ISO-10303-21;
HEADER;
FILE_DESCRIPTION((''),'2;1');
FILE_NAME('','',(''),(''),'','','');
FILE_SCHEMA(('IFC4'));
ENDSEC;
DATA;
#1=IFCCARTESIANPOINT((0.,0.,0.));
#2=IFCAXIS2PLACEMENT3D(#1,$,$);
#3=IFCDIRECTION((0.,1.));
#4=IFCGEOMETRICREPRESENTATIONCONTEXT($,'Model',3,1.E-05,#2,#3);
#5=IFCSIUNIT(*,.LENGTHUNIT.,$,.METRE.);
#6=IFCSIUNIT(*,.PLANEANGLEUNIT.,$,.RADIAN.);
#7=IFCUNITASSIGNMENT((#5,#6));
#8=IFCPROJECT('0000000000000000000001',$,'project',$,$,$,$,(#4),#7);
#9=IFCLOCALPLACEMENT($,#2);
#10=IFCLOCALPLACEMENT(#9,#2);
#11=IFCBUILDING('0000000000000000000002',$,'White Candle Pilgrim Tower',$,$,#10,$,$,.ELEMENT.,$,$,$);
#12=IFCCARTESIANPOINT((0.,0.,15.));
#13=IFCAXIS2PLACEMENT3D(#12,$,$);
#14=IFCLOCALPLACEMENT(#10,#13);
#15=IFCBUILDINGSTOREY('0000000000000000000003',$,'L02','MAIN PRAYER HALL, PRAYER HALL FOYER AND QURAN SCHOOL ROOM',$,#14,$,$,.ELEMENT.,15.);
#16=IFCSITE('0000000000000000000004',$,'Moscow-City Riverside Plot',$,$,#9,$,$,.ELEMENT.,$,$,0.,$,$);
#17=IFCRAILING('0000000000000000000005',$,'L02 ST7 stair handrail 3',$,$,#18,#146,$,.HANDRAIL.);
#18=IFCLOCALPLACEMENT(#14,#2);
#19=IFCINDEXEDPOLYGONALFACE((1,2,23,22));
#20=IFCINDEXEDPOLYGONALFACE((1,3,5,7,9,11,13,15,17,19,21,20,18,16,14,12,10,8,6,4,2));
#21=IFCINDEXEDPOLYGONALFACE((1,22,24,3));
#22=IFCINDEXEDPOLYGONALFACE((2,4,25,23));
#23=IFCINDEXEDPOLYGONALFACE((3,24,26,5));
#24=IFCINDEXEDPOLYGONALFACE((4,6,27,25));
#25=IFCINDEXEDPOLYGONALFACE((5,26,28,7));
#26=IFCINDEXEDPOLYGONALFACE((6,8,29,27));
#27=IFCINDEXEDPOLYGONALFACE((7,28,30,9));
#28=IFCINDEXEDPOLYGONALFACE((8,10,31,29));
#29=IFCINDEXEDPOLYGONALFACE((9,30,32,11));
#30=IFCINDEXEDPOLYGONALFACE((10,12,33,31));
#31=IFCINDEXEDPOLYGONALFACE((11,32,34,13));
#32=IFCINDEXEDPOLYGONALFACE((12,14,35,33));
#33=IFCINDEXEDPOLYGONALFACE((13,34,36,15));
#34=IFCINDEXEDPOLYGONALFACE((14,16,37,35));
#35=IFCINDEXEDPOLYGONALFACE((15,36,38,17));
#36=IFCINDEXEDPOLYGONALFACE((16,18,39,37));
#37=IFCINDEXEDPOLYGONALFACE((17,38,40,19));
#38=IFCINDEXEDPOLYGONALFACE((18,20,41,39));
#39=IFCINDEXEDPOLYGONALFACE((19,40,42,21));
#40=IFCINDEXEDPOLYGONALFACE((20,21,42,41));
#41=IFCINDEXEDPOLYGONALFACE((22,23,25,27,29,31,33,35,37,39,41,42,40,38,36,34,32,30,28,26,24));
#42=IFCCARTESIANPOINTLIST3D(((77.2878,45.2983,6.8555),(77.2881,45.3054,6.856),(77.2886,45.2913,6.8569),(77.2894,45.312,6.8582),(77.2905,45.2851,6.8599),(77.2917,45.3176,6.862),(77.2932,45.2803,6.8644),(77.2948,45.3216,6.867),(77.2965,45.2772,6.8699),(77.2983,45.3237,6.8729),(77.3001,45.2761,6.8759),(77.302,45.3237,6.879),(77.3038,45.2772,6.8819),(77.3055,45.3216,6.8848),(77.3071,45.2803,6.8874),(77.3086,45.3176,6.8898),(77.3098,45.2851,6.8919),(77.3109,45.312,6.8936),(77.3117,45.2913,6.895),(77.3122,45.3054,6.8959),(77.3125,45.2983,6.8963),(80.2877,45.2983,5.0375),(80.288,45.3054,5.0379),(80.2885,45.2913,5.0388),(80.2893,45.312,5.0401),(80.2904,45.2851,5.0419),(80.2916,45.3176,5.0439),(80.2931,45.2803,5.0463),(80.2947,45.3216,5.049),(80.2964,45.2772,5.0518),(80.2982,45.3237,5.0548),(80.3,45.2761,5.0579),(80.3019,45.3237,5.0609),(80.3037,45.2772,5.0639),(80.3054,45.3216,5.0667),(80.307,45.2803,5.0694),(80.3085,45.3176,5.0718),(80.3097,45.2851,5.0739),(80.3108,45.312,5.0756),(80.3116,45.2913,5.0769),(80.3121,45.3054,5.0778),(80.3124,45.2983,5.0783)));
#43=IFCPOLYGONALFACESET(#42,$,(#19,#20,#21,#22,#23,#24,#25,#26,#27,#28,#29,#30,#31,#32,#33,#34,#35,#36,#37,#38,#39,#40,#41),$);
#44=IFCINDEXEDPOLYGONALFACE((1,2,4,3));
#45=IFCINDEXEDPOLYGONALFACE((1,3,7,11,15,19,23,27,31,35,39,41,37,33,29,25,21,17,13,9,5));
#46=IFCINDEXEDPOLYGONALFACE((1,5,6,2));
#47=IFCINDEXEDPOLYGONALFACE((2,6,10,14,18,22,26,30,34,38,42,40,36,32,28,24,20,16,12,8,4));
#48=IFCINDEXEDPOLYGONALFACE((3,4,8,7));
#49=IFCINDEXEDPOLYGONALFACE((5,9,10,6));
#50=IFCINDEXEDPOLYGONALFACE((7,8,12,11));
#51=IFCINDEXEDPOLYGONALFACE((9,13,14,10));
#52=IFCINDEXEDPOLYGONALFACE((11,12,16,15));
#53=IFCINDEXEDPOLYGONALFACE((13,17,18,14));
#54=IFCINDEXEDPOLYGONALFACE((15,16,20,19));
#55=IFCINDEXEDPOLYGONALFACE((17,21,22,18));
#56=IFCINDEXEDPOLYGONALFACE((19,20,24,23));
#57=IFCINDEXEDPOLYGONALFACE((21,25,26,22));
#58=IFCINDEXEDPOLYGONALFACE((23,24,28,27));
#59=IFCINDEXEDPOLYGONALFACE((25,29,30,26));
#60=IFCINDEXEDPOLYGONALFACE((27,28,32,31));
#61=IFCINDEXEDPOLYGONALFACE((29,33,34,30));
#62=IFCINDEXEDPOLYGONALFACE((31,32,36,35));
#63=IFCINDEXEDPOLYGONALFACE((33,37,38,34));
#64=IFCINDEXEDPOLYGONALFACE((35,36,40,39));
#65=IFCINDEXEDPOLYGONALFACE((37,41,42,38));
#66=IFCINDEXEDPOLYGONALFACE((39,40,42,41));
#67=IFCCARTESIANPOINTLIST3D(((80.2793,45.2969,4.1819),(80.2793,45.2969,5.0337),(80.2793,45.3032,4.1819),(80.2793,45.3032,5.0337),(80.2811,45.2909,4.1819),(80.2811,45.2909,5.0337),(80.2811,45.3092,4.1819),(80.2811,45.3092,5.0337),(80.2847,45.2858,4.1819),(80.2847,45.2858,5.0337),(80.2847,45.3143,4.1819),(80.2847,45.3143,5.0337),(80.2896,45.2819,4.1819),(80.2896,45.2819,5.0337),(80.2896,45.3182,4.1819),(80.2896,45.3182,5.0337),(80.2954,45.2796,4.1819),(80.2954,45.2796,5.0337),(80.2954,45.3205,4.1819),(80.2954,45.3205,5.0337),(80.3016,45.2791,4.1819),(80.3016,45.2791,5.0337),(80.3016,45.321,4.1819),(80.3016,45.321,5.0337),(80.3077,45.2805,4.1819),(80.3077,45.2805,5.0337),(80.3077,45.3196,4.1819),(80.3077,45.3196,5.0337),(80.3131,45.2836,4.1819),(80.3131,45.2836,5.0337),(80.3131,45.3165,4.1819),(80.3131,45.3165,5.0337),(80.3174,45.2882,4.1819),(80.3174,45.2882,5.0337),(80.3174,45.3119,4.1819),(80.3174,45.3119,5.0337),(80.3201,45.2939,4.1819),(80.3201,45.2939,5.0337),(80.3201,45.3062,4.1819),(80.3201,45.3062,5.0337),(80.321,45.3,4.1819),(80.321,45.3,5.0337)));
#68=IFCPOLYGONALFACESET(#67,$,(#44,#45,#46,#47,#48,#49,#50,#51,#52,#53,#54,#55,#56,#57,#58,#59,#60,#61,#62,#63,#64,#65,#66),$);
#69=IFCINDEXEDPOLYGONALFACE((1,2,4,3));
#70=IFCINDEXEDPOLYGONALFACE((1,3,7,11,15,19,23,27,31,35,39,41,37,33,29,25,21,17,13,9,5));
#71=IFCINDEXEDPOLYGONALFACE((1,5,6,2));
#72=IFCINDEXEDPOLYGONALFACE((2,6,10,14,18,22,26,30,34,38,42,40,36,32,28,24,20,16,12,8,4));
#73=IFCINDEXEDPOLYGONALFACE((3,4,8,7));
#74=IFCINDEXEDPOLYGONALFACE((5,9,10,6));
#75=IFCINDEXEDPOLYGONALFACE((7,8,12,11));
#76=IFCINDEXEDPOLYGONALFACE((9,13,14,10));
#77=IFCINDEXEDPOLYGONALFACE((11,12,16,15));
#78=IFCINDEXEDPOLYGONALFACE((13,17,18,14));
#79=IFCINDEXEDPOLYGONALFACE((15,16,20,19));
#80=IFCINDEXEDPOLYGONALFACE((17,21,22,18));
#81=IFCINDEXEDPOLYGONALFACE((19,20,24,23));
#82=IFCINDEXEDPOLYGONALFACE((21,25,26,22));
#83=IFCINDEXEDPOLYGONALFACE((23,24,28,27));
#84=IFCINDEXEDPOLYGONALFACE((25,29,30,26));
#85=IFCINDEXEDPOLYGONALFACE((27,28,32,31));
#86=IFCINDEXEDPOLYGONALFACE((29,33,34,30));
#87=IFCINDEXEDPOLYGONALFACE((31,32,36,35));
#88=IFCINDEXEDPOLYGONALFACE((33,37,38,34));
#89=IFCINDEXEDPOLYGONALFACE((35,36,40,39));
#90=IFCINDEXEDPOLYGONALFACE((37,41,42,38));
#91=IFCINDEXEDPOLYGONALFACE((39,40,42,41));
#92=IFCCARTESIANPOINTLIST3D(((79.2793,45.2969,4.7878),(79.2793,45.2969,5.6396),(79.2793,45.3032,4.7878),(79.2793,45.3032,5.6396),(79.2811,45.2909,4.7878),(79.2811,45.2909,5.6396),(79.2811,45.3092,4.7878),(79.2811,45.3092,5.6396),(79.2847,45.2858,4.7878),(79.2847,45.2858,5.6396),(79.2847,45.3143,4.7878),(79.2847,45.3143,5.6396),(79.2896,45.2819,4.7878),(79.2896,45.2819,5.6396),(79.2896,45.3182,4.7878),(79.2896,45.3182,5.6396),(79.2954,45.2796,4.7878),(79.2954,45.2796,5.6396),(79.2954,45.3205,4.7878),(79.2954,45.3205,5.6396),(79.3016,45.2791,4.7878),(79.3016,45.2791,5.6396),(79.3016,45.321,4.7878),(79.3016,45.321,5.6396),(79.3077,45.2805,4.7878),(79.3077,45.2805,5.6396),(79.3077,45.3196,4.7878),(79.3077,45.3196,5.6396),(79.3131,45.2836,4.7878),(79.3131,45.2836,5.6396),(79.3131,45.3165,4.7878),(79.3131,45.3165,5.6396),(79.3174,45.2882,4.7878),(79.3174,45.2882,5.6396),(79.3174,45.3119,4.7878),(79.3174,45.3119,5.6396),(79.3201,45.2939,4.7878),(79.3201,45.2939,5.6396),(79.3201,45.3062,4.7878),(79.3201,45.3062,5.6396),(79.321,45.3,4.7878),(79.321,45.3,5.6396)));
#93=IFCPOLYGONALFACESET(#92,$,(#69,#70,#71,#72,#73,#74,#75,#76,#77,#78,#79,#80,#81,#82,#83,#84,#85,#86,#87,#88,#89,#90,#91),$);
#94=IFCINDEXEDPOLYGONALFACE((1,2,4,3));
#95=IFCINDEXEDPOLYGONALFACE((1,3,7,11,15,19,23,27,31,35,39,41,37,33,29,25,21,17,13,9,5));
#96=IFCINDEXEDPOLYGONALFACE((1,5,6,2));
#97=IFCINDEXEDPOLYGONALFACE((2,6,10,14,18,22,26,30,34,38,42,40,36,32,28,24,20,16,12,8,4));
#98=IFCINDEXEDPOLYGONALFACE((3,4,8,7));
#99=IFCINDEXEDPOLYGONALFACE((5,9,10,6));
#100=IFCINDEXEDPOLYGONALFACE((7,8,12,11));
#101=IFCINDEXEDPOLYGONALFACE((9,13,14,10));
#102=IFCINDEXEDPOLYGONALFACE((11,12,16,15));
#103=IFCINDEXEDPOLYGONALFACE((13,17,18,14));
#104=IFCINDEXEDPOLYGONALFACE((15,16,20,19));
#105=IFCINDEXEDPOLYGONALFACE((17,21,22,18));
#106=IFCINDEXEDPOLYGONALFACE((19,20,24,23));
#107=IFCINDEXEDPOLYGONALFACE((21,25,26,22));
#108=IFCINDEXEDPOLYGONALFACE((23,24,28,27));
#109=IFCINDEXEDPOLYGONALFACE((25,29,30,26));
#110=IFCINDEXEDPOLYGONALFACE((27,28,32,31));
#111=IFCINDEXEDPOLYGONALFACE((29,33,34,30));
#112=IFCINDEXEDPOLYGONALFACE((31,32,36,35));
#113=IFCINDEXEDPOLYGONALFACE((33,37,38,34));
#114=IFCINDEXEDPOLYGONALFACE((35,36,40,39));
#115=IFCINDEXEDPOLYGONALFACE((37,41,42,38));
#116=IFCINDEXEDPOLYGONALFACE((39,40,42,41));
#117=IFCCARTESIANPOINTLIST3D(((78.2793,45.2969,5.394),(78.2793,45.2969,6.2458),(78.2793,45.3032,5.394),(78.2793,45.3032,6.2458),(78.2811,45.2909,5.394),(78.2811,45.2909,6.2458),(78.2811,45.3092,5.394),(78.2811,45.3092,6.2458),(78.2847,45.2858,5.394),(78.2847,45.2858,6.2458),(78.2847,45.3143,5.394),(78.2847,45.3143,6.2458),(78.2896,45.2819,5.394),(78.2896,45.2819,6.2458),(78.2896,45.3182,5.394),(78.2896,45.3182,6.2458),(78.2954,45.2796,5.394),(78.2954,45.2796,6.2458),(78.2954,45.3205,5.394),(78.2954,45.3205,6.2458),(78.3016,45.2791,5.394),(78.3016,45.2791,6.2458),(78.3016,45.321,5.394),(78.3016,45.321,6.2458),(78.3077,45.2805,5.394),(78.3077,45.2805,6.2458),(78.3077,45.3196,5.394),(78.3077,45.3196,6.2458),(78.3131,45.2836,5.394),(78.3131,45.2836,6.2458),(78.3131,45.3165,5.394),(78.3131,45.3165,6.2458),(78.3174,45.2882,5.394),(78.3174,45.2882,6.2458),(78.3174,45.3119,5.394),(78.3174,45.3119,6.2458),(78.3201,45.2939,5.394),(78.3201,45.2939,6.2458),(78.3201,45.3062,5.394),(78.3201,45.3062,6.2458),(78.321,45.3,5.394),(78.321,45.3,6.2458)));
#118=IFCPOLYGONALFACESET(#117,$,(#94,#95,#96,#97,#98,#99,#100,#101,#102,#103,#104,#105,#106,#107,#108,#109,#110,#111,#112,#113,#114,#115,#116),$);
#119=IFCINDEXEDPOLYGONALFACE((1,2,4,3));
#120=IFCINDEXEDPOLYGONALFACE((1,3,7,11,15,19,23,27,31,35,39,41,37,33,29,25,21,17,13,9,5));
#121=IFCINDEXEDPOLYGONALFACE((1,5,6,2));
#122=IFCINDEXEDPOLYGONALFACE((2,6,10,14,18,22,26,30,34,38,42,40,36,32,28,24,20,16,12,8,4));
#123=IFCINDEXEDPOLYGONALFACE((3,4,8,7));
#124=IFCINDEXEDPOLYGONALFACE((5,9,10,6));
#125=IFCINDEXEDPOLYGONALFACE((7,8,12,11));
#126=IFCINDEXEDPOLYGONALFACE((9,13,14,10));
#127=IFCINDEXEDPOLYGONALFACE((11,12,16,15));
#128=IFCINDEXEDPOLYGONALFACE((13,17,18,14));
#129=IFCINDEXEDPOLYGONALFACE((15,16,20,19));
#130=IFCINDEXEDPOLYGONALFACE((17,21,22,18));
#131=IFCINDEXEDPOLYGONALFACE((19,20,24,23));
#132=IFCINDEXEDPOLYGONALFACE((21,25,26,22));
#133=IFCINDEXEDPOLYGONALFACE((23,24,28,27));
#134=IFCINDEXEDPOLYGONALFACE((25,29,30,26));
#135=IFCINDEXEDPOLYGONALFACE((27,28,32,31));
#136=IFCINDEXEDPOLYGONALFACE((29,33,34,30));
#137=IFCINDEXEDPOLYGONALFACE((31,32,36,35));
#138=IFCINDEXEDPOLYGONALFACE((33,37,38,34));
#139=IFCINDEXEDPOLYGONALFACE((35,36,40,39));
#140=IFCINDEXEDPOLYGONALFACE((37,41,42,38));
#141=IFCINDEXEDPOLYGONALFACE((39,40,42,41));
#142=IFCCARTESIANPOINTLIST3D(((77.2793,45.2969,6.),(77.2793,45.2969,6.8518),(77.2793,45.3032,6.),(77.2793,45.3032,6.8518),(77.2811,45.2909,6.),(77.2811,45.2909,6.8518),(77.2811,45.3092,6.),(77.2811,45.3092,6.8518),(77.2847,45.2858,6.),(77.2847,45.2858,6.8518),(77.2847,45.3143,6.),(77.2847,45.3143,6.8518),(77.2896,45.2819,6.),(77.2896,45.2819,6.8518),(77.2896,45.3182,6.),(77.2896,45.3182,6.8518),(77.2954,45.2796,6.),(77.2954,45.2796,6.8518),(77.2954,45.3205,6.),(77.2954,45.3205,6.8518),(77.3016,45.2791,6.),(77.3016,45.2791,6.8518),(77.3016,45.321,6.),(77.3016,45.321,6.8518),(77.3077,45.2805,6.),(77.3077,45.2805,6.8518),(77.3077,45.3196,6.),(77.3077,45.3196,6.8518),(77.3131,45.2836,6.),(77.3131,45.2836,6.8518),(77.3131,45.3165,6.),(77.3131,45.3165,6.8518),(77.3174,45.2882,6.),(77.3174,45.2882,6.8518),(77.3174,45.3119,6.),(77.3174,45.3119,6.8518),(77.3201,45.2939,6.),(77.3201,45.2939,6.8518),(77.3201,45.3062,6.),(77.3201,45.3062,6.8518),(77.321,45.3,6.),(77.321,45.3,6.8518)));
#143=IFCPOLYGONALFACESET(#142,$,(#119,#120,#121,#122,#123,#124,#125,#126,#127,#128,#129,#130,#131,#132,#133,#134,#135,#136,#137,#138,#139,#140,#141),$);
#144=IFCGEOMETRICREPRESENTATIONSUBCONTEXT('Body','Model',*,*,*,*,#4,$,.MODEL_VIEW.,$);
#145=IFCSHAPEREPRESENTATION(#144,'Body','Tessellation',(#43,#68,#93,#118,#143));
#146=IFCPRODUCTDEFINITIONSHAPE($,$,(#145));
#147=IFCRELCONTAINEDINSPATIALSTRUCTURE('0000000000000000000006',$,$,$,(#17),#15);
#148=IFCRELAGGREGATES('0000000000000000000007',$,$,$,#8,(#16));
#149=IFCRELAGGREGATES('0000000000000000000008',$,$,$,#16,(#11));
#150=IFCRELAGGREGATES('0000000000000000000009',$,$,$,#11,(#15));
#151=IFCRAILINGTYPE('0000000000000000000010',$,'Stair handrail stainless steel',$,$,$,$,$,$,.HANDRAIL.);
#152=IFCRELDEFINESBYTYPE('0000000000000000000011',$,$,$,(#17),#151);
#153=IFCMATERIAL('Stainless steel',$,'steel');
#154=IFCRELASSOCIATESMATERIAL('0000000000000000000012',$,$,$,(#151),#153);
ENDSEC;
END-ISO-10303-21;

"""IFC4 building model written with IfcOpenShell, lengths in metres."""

from ifc_helpers import new_model, si_unit, direction, frame, origin, origin_2d, place, context, subcontext, project, spatial, circle, extrude, material, type_object, element, save


model = new_model("IFC4")

# Units and contexts
model_context = context("Model", 3, precision=1e-05, world=origin(), true_north=direction((0.0, 1.0)))
body_context = subcontext(model_context, "Body", "Model", "MODEL_VIEW")
ifc_project = project(units=[si_unit("LENGTHUNIT", "METRE"), si_unit("PLANEANGLEUNIT", "RADIAN")], contexts=[model_context])

# Site, building, storey
site_placement = place(None, origin())
site = spatial("IfcSite", under=ifc_project, at=site_placement, Name="Moscow-City Riverside Plot", CompositionType="ELEMENT", RefElevation=0.0)
building_placement = place(site_placement, origin())
building = spatial("IfcBuilding", under=site, at=building_placement, Name="White Candle Pilgrim Tower", CompositionType="ELEMENT")
storey_placement = place(building_placement, frame((0.0, 0.0, 15.0)))
storey = spatial("IfcBuildingStorey", under=building, at=storey_placement, Name="L02", Description="MAIN PRAYER HALL, PRAYER HALL FOYER AND QURAN SCHOOL ROOM", CompositionType="ELEMENT", Elevation=15.0)

# Railing
ifc_material_1 = material(Name="Stainless steel", Category="steel")
railing_type_1 = type_object("IfcRailingType", Name="Stair handrail stainless steel", PredefinedType="HANDRAIL", material=ifc_material_1)
for number, where, name in (
    (1, (80.3, 45.3, 4.1819), "L02 ST7 stair handrail 3"),
):
    element("IfcRailing", number, at=place(storey_placement, frame(where)), inside=storey, type_object=railing_type_1, Name=name, PredefinedType="HANDRAIL", context=body_context, shape_type="SweptSolid", body=[
        extrude(circle(Radius=0.0239, at=origin_2d()), frame((0.0, 0.0, 0.876), z_axis=(-0.855206, 0.0, 0.518288), x_axis=(0.0, -1.0, 0.0)), (0.0, 0.0, 1.0), 3.5078),
        extrude(circle(Radius=0.021, at=origin_2d()), origin(), (0.0, 0.0, 1.0), 0.8518),
        extrude(circle(Radius=0.021, at=origin_2d()), frame((-1.0, 0.0, 0.606)), (0.0, 0.0, 1.0), 0.8518),
        extrude(circle(Radius=0.021, at=origin_2d()), frame((-2.0, 0.0, 1.2122)), (0.0, 0.0, 1.0), 0.8518),
        extrude(circle(Radius=0.021, at=origin_2d()), frame((-3.0, 0.0, 1.8181)), (0.0, 0.0, 1.0), 0.8518),
    ])

save(model, "model.ifc")
